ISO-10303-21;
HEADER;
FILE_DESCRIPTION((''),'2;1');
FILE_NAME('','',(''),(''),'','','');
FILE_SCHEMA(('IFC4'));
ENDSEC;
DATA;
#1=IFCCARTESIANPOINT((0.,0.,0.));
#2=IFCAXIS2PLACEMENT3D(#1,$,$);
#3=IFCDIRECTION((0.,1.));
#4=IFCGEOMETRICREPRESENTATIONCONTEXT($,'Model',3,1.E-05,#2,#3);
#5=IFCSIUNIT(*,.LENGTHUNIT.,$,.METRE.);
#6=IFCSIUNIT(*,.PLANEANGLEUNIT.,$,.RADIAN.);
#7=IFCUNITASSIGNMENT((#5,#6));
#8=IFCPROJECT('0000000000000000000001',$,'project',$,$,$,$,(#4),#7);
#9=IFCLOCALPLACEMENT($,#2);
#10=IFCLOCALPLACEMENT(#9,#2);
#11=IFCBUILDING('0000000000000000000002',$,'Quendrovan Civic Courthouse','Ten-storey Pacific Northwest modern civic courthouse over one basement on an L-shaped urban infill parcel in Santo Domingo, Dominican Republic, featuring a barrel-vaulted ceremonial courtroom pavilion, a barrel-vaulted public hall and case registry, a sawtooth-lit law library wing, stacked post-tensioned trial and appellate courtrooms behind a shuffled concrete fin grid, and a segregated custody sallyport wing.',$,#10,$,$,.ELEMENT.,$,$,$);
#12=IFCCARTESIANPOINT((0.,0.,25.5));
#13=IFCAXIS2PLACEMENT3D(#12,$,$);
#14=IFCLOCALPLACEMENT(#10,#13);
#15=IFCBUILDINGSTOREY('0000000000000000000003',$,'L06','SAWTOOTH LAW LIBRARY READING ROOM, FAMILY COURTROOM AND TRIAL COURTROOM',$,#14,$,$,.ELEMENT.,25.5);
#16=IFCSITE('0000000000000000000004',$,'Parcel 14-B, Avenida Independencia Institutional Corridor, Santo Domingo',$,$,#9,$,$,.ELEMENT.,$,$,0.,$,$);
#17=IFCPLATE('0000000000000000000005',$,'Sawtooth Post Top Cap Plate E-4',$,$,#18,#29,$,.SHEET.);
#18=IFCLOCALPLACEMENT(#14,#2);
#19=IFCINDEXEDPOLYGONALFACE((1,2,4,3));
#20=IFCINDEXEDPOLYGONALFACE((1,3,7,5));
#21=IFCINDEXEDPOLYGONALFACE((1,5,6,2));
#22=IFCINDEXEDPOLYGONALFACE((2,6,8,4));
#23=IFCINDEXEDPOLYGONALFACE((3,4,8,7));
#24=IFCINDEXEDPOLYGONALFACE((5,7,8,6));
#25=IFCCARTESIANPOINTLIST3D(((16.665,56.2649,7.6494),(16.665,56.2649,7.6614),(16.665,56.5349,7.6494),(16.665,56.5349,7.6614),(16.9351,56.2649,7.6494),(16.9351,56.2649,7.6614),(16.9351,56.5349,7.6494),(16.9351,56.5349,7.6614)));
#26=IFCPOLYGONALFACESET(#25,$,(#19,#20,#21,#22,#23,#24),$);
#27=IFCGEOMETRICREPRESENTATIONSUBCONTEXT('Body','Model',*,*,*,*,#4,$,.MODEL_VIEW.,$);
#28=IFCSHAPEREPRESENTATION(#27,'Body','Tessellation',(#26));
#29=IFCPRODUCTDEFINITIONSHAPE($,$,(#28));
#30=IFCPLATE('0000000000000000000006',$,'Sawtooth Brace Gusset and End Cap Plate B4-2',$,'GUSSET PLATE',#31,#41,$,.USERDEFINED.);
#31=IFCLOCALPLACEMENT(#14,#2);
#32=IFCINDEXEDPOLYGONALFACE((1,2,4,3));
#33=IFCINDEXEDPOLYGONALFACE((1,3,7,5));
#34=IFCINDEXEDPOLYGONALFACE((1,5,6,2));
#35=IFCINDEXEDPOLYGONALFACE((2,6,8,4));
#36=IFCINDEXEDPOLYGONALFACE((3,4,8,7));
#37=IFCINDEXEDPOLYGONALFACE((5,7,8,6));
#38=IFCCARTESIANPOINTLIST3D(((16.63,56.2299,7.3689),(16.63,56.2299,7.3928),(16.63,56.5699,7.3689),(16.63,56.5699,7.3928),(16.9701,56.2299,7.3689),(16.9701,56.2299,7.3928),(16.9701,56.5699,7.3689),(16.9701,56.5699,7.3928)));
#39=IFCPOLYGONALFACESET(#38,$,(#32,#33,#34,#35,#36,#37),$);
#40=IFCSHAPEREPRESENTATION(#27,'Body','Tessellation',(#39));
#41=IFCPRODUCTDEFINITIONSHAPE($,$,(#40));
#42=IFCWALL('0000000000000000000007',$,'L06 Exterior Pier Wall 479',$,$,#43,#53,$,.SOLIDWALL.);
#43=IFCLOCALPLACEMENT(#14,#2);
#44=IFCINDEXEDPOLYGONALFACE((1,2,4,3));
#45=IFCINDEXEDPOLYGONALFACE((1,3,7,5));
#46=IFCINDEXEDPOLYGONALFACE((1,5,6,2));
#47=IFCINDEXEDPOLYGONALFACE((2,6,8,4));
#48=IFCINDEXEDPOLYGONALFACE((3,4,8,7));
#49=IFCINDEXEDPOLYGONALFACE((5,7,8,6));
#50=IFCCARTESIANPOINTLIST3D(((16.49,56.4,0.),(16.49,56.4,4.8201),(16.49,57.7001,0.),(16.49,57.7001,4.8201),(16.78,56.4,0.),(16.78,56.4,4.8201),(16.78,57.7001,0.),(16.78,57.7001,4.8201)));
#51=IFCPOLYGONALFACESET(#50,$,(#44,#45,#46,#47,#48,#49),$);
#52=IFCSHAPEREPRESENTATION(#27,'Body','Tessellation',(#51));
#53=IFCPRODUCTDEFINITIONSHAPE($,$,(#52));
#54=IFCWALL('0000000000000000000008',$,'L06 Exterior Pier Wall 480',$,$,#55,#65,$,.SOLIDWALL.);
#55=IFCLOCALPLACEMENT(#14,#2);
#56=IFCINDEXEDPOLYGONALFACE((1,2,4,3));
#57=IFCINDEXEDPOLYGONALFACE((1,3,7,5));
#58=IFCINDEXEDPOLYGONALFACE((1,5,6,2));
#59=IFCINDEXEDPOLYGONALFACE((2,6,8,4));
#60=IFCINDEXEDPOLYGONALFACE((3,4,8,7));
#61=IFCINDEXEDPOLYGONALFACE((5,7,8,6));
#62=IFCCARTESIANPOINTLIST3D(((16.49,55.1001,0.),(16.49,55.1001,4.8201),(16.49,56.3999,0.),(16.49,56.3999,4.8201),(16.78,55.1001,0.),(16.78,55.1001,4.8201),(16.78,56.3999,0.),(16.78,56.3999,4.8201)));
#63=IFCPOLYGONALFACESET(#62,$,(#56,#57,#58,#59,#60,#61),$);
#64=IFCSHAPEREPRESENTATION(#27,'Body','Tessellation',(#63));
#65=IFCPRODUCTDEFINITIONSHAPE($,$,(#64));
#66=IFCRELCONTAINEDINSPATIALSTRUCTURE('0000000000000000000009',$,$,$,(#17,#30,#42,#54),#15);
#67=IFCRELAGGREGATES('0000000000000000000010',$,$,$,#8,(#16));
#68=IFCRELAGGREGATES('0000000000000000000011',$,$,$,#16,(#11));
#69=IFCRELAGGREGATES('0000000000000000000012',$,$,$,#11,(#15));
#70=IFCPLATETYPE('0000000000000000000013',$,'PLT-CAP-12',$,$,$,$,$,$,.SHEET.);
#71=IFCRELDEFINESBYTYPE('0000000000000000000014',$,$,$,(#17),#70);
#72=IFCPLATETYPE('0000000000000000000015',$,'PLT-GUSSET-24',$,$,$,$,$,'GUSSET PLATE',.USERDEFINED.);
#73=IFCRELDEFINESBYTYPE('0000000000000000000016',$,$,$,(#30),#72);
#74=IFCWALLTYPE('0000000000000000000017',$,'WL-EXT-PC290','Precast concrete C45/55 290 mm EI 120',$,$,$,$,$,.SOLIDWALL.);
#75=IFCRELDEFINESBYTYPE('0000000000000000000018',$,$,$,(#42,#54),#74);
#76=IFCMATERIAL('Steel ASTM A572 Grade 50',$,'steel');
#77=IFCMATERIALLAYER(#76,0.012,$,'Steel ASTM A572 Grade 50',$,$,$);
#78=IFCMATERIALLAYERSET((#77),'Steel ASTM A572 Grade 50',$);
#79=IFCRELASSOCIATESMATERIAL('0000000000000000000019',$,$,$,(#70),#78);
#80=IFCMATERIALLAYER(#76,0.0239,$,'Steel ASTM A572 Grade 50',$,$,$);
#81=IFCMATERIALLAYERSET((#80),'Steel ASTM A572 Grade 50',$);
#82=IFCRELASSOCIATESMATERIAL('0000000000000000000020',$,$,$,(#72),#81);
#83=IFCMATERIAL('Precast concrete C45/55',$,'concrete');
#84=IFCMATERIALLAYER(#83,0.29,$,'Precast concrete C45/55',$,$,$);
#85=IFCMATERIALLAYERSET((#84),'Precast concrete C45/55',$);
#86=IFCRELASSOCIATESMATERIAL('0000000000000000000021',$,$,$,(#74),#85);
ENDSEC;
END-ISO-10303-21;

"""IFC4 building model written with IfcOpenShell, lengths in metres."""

from ifc_helpers import new_model, si_unit, direction, frame, frame_2d, origin, origin_2d, place, context, subcontext, project, spatial, rectangle, extrude, material, layer, layer_set, type_object, element, save


model = new_model("IFC4")

# Units and contexts
model_context = context("Model", 3, precision=1e-05, world=origin(), true_north=direction((0.0, 1.0)))
body_context = subcontext(model_context, "Body", "Model", "MODEL_VIEW")
ifc_project = project(units=[si_unit("LENGTHUNIT", "METRE"), si_unit("PLANEANGLEUNIT", "RADIAN")], contexts=[model_context])

# Site, building, storey
site_placement = place(None, origin())
site = spatial("IfcSite", under=ifc_project, at=site_placement, Name="Parcel 14-B, Avenida Independencia Institutional Corridor, Santo Domingo", CompositionType="ELEMENT", RefElevation=0.0)
building_placement = place(site_placement, origin())
building = spatial("IfcBuilding", under=site, at=building_placement, Name="Quendrovan Civic Courthouse", Description="Ten-storey Pacific Northwest modern civic courthouse over one basement on an L-shaped urban infill parcel in Santo Domingo, Dominican Republic, featuring a barrel-vaulted ceremonial courtroom pavilion, a barrel-vaulted public hall and case registry, a sawtooth-lit law library wing, stacked post-tensioned trial and appellate courtrooms behind a shuffled concrete fin grid, and a segregated custody sallyport wing.", CompositionType="ELEMENT")
storey_placement = place(building_placement, frame((0.0, 0.0, 25.5)))
storey = spatial("IfcBuildingStorey", under=building, at=storey_placement, Name="L06", Description="SAWTOOTH LAW LIBRARY READING ROOM, FAMILY COURTROOM AND TRIAL COURTROOM", CompositionType="ELEMENT", Elevation=25.5)

# Plates
ifc_material_1 = material(Name="Steel ASTM A572 Grade 50", Category="steel")
ifc_layer_1 = layer(ifc_material_1, 0.012, Name="Steel ASTM A572 Grade 50")
ifc_layer_set_1 = layer_set([ifc_layer_1], Name="Steel ASTM A572 Grade 50")
plate_type_1 = type_object("IfcPlateType", Name="PLT-CAP-12", PredefinedType="SHEET", material=ifc_layer_set_1)
for number, where, z_axis, x_axis, name in (
    (1, (16.8, 56.3999, 7.6494), (0.0, 0.0, 1.0), (1.0, 0.0, 0.0), "Sawtooth Post Top Cap Plate E-4"),
):
    element("IfcPlate", number, at=place(storey_placement, frame(where, z_axis=z_axis, x_axis=x_axis)), inside=storey, type_object=plate_type_1, Name=name, PredefinedType="SHEET", context=body_context, shape_type="SweptSolid", body=[
        extrude(rectangle(XDim=0.27, YDim=0.27, at=origin_2d()), origin(), (0.0, 0.0, 1.0), 0.012),
    ])
ifc_layer_2 = layer(ifc_material_1, 0.0239, Name="Steel ASTM A572 Grade 50")
ifc_layer_set_2 = layer_set([ifc_layer_2], Name="Steel ASTM A572 Grade 50")
plate_type_2 = type_object("IfcPlateType", Name="PLT-GUSSET-24", ElementType="GUSSET PLATE", PredefinedType="USERDEFINED", material=ifc_layer_set_2)
plate_1_placement = place(storey_placement, frame((16.8, 56.3999, 7.3689), z_axis=(0.0, 0.0, 1.0), x_axis=(1.0, 0.0, 0.0)))
element("IfcPlate", 2, at=plate_1_placement, inside=storey, type_object=plate_type_2, Name="Sawtooth Brace Gusset and End Cap Plate B4-2", ObjectType="GUSSET PLATE", PredefinedType="USERDEFINED", context=body_context, shape_type="SweptSolid", body=[
    extrude(rectangle(XDim=0.3401, YDim=0.3401, at=origin_2d()), origin(), (0.0, 0.0, 1.0), 0.0239),
])

# Walls
ifc_material_2 = material(Name="Precast concrete C45/55", Category="concrete")
ifc_layer_3 = layer(ifc_material_2, 0.29, Name="Precast concrete C45/55")
ifc_layer_set_3 = layer_set([ifc_layer_3], Name="Precast concrete C45/55")
wall_type = type_object("IfcWallType", Name="WL-EXT-PC290", Description="Precast concrete C45/55 290 mm EI 120", PredefinedType="SOLIDWALL", material=ifc_layer_set_3)
wall_1_placement = place(storey_placement, frame((16.635, 57.7, 0.0), z_axis=(0.0, 0.0, 1.0), x_axis=(0.0, -1.0, 0.0)))
element("IfcWall", 3, at=wall_1_placement, inside=storey, type_object=wall_type, Name="L06 Exterior Pier Wall 479", PredefinedType="SOLIDWALL", context=body_context, shape_type="SweptSolid", body=[
    extrude(rectangle(XDim=1.3, YDim=0.29, at=frame_2d((0.6499, 0.0))), origin(), (0.0, 0.0, 1.0), 4.8201),
])
wall_2_placement = place(storey_placement, frame((16.635, 56.3999, 0.0), z_axis=(0.0, 0.0, 1.0), x_axis=(0.0, -1.0, 0.0)))
element("IfcWall", 4, at=wall_2_placement, inside=storey, type_object=wall_type, Name="L06 Exterior Pier Wall 480", PredefinedType="SOLIDWALL", context=body_context, shape_type="SweptSolid", body=[
    extrude(rectangle(XDim=1.2998, YDim=0.29, at=frame_2d((0.6499, 0.0))), origin(), (0.0, 0.0, 1.0), 4.8201),
])

save(model, "model.ifc")
